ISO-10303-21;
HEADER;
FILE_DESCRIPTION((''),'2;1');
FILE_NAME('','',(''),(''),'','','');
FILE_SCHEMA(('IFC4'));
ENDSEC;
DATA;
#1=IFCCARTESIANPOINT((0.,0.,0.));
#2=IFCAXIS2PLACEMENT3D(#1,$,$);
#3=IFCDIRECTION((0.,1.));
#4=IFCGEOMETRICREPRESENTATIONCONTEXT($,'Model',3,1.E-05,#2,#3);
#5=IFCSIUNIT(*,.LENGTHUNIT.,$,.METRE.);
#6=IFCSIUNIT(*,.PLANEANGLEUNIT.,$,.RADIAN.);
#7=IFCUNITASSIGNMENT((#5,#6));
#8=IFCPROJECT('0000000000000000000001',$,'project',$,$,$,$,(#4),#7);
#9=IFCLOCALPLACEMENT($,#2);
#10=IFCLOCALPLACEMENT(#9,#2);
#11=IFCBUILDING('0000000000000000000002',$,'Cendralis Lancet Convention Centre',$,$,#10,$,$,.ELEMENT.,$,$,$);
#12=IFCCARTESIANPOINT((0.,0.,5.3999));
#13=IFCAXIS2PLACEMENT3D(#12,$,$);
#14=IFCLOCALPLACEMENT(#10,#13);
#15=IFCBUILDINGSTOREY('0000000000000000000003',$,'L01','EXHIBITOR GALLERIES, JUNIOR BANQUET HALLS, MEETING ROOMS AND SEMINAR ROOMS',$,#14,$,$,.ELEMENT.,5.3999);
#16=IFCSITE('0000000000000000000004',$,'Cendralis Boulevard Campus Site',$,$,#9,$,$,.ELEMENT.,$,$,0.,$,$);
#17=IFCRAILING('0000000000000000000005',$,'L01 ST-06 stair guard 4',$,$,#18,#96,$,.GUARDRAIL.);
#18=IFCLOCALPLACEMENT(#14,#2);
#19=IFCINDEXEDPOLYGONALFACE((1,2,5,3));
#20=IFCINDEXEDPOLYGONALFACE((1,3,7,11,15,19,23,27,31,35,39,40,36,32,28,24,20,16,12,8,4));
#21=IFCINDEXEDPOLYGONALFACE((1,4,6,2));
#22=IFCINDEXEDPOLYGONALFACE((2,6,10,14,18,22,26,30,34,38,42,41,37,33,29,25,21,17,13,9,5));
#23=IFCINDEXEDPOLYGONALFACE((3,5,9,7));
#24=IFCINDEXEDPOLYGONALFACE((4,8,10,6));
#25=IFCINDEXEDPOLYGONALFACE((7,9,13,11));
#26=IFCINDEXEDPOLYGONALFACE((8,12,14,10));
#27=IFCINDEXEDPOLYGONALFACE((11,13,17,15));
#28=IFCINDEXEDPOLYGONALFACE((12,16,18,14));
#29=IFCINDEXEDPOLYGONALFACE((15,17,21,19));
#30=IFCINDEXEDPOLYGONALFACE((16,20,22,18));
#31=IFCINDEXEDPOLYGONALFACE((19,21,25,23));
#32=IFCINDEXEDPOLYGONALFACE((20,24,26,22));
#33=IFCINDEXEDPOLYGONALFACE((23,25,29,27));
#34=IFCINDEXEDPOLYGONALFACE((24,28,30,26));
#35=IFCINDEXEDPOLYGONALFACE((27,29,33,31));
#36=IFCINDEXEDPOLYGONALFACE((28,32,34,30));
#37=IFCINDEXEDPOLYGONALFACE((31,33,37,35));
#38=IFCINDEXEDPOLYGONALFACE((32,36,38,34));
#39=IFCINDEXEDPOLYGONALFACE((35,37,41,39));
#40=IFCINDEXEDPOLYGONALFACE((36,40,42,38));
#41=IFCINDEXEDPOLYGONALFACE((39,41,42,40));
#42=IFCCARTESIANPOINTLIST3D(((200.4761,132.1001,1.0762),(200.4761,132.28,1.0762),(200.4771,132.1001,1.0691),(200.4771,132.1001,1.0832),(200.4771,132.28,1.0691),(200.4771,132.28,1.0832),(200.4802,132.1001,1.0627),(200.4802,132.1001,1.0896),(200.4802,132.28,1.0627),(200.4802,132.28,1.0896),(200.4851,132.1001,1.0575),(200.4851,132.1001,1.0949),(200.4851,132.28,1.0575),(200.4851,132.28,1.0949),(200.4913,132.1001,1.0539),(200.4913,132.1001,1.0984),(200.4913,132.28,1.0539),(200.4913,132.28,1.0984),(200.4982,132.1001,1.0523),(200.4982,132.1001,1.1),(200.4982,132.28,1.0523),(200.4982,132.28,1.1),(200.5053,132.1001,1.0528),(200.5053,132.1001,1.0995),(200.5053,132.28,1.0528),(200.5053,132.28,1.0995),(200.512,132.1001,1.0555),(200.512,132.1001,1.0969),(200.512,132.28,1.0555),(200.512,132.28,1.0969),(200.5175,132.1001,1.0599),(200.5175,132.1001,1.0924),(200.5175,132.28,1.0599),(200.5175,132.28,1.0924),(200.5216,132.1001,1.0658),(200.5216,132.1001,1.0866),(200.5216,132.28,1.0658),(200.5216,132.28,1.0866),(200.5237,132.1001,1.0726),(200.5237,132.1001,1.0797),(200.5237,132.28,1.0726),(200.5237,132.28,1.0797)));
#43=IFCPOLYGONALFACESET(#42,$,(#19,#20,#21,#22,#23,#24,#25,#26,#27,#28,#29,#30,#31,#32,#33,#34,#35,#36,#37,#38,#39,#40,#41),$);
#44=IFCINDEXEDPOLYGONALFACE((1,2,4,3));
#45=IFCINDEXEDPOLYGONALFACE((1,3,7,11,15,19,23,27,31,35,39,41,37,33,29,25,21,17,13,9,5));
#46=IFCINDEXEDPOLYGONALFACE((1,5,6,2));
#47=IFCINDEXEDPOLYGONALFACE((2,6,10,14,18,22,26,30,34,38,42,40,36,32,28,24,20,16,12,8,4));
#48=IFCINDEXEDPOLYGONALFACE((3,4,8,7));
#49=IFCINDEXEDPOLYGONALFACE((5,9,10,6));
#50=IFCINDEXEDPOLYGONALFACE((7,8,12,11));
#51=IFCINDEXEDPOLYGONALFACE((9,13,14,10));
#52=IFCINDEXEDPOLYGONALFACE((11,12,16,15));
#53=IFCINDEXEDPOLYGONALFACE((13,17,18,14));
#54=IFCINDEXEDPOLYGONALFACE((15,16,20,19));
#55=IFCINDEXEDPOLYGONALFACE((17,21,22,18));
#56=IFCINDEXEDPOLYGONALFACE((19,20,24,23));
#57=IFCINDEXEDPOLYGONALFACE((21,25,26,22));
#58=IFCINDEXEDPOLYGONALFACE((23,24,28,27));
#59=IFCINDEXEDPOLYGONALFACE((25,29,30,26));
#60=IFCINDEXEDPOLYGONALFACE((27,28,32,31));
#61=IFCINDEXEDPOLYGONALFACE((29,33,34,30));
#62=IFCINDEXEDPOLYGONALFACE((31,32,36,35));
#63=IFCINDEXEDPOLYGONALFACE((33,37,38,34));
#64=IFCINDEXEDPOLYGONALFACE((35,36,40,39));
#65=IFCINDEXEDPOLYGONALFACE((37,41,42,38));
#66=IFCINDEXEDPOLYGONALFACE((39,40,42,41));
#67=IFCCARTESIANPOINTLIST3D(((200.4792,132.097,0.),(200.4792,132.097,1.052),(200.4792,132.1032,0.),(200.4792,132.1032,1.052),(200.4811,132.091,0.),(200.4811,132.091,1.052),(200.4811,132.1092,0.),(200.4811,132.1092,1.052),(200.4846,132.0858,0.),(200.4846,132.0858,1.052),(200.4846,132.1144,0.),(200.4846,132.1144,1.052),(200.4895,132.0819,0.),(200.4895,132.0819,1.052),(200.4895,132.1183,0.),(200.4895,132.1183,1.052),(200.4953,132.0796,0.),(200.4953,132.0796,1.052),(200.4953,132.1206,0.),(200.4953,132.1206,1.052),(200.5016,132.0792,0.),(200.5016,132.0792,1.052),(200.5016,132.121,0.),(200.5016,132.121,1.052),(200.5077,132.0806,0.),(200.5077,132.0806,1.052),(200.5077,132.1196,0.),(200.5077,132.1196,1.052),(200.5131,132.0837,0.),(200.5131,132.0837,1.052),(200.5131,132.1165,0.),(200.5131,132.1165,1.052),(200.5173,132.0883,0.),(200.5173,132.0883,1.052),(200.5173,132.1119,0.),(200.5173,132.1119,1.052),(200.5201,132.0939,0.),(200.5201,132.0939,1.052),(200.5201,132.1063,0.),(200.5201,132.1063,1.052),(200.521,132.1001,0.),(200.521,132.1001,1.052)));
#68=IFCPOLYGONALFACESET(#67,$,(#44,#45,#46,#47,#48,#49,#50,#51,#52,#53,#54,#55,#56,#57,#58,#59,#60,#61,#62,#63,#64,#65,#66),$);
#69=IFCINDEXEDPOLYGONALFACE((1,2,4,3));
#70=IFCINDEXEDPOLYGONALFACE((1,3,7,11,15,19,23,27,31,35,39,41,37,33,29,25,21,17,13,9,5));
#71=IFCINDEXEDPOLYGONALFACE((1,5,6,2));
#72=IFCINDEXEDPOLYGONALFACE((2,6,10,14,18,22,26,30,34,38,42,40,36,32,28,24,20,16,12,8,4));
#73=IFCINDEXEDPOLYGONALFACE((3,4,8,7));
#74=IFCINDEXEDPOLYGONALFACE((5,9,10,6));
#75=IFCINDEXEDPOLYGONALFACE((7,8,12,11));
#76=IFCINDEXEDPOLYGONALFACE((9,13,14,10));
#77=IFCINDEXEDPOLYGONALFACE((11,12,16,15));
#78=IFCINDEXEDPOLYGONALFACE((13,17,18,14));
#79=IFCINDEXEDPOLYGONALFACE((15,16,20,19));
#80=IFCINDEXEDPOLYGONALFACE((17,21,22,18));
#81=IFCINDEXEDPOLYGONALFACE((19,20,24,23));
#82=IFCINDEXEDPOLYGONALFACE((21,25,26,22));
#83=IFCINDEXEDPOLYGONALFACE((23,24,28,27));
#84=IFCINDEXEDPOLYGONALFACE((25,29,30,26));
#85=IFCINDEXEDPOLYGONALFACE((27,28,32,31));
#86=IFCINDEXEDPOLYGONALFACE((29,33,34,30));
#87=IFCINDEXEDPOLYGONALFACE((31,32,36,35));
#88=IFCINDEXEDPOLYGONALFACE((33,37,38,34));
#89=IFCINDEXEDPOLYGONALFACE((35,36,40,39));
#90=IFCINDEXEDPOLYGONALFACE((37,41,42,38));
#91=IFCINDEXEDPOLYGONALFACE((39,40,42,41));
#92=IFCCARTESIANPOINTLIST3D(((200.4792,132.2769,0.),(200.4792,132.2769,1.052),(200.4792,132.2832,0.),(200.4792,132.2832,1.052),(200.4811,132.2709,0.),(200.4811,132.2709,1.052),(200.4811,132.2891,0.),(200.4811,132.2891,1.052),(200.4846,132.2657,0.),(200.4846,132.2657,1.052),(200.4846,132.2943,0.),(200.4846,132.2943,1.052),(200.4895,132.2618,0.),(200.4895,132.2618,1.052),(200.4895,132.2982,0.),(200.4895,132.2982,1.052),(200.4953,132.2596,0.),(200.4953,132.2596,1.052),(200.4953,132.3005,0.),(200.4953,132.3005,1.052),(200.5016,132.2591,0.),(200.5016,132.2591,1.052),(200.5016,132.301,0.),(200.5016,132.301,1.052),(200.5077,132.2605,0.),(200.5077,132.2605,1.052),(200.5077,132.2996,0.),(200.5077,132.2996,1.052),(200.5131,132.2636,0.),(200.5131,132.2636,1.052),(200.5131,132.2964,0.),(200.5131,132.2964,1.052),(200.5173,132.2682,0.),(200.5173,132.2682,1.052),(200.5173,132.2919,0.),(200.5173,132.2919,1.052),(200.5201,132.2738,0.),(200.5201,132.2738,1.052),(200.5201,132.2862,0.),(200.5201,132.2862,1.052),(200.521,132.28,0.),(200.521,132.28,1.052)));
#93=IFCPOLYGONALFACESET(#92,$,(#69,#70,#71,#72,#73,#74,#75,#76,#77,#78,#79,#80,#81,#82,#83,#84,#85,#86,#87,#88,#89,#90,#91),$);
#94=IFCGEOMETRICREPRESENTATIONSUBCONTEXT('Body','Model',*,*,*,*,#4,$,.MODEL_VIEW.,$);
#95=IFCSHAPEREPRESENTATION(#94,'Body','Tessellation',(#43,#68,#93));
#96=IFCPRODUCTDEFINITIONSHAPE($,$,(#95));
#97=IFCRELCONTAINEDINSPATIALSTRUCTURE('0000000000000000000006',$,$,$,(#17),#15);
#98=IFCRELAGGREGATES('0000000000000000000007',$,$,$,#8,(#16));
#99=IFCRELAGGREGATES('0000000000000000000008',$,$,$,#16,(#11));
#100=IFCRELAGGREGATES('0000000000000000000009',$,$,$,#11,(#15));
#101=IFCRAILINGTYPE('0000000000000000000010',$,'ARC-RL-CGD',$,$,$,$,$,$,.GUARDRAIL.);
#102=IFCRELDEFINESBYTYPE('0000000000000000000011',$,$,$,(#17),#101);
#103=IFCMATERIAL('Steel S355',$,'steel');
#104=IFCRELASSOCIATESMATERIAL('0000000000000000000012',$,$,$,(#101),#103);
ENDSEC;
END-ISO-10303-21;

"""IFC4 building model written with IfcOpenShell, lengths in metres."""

from ifc_helpers import new_model, si_unit, direction, frame, origin, origin_2d, place, context, subcontext, project, spatial, circle, extrude, material, type_object, element, save


model = new_model("IFC4")

# Units and contexts
model_context = context("Model", 3, precision=1e-05, world=origin(), true_north=direction((0.0, 1.0)))
body_context = subcontext(model_context, "Body", "Model", "MODEL_VIEW")
ifc_project = project(units=[si_unit("LENGTHUNIT", "METRE"), si_unit("PLANEANGLEUNIT", "RADIAN")], contexts=[model_context])

# Site, building, storey
site_placement = place(None, origin())
site = spatial("IfcSite", under=ifc_project, at=site_placement, Name="Cendralis Boulevard Campus Site", CompositionType="ELEMENT", RefElevation=0.0)
building_placement = place(site_placement, origin())
building = spatial("IfcBuilding", under=site, at=building_placement, Name="Cendralis Lancet Convention Centre", CompositionType="ELEMENT")
storey_placement = place(building_placement, frame((0.0, 0.0, 5.3999)))
storey = spatial("IfcBuildingStorey", under=building, at=storey_placement, Name="L01", Description="EXHIBITOR GALLERIES, JUNIOR BANQUET HALLS, MEETING ROOMS AND SEMINAR ROOMS", CompositionType="ELEMENT", Elevation=5.3999)

# Shared definitions
ifc_material_1 = material(Name="Steel S355", Category="steel")

# Railing
railing_type_1 = type_object("IfcRailingType", Name="ARC-RL-CGD", PredefinedType="GUARDRAIL", material=ifc_material_1)
railing_1_placement = place(storey_placement, frame((200.5, 132.1001, 0.0)))
element("IfcRailing", 1, at=railing_1_placement, inside=storey, type_object=railing_type_1, Name="L01 ST-06 stair guard 4", PredefinedType="GUARDRAIL", context=body_context, shape_type="SweptSolid", body=[
    extrude(circle(Radius=0.0239, at=origin_2d()), frame((0.0, 0.0, 1.0762), z_axis=(0.0, 1.0, 0.0), x_axis=(-1.0, 0.0, 0.0)), (0.0, 0.0, 1.0), 0.1799),
    extrude(circle(Radius=0.021, at=origin_2d()), origin(), (0.0, 0.0, 1.0), 1.052),
    extrude(circle(Radius=0.021, at=origin_2d()), frame((0.0, 0.1799, 0.0)), (0.0, 0.0, 1.0), 1.052),
])

save(model, "model.ifc")
